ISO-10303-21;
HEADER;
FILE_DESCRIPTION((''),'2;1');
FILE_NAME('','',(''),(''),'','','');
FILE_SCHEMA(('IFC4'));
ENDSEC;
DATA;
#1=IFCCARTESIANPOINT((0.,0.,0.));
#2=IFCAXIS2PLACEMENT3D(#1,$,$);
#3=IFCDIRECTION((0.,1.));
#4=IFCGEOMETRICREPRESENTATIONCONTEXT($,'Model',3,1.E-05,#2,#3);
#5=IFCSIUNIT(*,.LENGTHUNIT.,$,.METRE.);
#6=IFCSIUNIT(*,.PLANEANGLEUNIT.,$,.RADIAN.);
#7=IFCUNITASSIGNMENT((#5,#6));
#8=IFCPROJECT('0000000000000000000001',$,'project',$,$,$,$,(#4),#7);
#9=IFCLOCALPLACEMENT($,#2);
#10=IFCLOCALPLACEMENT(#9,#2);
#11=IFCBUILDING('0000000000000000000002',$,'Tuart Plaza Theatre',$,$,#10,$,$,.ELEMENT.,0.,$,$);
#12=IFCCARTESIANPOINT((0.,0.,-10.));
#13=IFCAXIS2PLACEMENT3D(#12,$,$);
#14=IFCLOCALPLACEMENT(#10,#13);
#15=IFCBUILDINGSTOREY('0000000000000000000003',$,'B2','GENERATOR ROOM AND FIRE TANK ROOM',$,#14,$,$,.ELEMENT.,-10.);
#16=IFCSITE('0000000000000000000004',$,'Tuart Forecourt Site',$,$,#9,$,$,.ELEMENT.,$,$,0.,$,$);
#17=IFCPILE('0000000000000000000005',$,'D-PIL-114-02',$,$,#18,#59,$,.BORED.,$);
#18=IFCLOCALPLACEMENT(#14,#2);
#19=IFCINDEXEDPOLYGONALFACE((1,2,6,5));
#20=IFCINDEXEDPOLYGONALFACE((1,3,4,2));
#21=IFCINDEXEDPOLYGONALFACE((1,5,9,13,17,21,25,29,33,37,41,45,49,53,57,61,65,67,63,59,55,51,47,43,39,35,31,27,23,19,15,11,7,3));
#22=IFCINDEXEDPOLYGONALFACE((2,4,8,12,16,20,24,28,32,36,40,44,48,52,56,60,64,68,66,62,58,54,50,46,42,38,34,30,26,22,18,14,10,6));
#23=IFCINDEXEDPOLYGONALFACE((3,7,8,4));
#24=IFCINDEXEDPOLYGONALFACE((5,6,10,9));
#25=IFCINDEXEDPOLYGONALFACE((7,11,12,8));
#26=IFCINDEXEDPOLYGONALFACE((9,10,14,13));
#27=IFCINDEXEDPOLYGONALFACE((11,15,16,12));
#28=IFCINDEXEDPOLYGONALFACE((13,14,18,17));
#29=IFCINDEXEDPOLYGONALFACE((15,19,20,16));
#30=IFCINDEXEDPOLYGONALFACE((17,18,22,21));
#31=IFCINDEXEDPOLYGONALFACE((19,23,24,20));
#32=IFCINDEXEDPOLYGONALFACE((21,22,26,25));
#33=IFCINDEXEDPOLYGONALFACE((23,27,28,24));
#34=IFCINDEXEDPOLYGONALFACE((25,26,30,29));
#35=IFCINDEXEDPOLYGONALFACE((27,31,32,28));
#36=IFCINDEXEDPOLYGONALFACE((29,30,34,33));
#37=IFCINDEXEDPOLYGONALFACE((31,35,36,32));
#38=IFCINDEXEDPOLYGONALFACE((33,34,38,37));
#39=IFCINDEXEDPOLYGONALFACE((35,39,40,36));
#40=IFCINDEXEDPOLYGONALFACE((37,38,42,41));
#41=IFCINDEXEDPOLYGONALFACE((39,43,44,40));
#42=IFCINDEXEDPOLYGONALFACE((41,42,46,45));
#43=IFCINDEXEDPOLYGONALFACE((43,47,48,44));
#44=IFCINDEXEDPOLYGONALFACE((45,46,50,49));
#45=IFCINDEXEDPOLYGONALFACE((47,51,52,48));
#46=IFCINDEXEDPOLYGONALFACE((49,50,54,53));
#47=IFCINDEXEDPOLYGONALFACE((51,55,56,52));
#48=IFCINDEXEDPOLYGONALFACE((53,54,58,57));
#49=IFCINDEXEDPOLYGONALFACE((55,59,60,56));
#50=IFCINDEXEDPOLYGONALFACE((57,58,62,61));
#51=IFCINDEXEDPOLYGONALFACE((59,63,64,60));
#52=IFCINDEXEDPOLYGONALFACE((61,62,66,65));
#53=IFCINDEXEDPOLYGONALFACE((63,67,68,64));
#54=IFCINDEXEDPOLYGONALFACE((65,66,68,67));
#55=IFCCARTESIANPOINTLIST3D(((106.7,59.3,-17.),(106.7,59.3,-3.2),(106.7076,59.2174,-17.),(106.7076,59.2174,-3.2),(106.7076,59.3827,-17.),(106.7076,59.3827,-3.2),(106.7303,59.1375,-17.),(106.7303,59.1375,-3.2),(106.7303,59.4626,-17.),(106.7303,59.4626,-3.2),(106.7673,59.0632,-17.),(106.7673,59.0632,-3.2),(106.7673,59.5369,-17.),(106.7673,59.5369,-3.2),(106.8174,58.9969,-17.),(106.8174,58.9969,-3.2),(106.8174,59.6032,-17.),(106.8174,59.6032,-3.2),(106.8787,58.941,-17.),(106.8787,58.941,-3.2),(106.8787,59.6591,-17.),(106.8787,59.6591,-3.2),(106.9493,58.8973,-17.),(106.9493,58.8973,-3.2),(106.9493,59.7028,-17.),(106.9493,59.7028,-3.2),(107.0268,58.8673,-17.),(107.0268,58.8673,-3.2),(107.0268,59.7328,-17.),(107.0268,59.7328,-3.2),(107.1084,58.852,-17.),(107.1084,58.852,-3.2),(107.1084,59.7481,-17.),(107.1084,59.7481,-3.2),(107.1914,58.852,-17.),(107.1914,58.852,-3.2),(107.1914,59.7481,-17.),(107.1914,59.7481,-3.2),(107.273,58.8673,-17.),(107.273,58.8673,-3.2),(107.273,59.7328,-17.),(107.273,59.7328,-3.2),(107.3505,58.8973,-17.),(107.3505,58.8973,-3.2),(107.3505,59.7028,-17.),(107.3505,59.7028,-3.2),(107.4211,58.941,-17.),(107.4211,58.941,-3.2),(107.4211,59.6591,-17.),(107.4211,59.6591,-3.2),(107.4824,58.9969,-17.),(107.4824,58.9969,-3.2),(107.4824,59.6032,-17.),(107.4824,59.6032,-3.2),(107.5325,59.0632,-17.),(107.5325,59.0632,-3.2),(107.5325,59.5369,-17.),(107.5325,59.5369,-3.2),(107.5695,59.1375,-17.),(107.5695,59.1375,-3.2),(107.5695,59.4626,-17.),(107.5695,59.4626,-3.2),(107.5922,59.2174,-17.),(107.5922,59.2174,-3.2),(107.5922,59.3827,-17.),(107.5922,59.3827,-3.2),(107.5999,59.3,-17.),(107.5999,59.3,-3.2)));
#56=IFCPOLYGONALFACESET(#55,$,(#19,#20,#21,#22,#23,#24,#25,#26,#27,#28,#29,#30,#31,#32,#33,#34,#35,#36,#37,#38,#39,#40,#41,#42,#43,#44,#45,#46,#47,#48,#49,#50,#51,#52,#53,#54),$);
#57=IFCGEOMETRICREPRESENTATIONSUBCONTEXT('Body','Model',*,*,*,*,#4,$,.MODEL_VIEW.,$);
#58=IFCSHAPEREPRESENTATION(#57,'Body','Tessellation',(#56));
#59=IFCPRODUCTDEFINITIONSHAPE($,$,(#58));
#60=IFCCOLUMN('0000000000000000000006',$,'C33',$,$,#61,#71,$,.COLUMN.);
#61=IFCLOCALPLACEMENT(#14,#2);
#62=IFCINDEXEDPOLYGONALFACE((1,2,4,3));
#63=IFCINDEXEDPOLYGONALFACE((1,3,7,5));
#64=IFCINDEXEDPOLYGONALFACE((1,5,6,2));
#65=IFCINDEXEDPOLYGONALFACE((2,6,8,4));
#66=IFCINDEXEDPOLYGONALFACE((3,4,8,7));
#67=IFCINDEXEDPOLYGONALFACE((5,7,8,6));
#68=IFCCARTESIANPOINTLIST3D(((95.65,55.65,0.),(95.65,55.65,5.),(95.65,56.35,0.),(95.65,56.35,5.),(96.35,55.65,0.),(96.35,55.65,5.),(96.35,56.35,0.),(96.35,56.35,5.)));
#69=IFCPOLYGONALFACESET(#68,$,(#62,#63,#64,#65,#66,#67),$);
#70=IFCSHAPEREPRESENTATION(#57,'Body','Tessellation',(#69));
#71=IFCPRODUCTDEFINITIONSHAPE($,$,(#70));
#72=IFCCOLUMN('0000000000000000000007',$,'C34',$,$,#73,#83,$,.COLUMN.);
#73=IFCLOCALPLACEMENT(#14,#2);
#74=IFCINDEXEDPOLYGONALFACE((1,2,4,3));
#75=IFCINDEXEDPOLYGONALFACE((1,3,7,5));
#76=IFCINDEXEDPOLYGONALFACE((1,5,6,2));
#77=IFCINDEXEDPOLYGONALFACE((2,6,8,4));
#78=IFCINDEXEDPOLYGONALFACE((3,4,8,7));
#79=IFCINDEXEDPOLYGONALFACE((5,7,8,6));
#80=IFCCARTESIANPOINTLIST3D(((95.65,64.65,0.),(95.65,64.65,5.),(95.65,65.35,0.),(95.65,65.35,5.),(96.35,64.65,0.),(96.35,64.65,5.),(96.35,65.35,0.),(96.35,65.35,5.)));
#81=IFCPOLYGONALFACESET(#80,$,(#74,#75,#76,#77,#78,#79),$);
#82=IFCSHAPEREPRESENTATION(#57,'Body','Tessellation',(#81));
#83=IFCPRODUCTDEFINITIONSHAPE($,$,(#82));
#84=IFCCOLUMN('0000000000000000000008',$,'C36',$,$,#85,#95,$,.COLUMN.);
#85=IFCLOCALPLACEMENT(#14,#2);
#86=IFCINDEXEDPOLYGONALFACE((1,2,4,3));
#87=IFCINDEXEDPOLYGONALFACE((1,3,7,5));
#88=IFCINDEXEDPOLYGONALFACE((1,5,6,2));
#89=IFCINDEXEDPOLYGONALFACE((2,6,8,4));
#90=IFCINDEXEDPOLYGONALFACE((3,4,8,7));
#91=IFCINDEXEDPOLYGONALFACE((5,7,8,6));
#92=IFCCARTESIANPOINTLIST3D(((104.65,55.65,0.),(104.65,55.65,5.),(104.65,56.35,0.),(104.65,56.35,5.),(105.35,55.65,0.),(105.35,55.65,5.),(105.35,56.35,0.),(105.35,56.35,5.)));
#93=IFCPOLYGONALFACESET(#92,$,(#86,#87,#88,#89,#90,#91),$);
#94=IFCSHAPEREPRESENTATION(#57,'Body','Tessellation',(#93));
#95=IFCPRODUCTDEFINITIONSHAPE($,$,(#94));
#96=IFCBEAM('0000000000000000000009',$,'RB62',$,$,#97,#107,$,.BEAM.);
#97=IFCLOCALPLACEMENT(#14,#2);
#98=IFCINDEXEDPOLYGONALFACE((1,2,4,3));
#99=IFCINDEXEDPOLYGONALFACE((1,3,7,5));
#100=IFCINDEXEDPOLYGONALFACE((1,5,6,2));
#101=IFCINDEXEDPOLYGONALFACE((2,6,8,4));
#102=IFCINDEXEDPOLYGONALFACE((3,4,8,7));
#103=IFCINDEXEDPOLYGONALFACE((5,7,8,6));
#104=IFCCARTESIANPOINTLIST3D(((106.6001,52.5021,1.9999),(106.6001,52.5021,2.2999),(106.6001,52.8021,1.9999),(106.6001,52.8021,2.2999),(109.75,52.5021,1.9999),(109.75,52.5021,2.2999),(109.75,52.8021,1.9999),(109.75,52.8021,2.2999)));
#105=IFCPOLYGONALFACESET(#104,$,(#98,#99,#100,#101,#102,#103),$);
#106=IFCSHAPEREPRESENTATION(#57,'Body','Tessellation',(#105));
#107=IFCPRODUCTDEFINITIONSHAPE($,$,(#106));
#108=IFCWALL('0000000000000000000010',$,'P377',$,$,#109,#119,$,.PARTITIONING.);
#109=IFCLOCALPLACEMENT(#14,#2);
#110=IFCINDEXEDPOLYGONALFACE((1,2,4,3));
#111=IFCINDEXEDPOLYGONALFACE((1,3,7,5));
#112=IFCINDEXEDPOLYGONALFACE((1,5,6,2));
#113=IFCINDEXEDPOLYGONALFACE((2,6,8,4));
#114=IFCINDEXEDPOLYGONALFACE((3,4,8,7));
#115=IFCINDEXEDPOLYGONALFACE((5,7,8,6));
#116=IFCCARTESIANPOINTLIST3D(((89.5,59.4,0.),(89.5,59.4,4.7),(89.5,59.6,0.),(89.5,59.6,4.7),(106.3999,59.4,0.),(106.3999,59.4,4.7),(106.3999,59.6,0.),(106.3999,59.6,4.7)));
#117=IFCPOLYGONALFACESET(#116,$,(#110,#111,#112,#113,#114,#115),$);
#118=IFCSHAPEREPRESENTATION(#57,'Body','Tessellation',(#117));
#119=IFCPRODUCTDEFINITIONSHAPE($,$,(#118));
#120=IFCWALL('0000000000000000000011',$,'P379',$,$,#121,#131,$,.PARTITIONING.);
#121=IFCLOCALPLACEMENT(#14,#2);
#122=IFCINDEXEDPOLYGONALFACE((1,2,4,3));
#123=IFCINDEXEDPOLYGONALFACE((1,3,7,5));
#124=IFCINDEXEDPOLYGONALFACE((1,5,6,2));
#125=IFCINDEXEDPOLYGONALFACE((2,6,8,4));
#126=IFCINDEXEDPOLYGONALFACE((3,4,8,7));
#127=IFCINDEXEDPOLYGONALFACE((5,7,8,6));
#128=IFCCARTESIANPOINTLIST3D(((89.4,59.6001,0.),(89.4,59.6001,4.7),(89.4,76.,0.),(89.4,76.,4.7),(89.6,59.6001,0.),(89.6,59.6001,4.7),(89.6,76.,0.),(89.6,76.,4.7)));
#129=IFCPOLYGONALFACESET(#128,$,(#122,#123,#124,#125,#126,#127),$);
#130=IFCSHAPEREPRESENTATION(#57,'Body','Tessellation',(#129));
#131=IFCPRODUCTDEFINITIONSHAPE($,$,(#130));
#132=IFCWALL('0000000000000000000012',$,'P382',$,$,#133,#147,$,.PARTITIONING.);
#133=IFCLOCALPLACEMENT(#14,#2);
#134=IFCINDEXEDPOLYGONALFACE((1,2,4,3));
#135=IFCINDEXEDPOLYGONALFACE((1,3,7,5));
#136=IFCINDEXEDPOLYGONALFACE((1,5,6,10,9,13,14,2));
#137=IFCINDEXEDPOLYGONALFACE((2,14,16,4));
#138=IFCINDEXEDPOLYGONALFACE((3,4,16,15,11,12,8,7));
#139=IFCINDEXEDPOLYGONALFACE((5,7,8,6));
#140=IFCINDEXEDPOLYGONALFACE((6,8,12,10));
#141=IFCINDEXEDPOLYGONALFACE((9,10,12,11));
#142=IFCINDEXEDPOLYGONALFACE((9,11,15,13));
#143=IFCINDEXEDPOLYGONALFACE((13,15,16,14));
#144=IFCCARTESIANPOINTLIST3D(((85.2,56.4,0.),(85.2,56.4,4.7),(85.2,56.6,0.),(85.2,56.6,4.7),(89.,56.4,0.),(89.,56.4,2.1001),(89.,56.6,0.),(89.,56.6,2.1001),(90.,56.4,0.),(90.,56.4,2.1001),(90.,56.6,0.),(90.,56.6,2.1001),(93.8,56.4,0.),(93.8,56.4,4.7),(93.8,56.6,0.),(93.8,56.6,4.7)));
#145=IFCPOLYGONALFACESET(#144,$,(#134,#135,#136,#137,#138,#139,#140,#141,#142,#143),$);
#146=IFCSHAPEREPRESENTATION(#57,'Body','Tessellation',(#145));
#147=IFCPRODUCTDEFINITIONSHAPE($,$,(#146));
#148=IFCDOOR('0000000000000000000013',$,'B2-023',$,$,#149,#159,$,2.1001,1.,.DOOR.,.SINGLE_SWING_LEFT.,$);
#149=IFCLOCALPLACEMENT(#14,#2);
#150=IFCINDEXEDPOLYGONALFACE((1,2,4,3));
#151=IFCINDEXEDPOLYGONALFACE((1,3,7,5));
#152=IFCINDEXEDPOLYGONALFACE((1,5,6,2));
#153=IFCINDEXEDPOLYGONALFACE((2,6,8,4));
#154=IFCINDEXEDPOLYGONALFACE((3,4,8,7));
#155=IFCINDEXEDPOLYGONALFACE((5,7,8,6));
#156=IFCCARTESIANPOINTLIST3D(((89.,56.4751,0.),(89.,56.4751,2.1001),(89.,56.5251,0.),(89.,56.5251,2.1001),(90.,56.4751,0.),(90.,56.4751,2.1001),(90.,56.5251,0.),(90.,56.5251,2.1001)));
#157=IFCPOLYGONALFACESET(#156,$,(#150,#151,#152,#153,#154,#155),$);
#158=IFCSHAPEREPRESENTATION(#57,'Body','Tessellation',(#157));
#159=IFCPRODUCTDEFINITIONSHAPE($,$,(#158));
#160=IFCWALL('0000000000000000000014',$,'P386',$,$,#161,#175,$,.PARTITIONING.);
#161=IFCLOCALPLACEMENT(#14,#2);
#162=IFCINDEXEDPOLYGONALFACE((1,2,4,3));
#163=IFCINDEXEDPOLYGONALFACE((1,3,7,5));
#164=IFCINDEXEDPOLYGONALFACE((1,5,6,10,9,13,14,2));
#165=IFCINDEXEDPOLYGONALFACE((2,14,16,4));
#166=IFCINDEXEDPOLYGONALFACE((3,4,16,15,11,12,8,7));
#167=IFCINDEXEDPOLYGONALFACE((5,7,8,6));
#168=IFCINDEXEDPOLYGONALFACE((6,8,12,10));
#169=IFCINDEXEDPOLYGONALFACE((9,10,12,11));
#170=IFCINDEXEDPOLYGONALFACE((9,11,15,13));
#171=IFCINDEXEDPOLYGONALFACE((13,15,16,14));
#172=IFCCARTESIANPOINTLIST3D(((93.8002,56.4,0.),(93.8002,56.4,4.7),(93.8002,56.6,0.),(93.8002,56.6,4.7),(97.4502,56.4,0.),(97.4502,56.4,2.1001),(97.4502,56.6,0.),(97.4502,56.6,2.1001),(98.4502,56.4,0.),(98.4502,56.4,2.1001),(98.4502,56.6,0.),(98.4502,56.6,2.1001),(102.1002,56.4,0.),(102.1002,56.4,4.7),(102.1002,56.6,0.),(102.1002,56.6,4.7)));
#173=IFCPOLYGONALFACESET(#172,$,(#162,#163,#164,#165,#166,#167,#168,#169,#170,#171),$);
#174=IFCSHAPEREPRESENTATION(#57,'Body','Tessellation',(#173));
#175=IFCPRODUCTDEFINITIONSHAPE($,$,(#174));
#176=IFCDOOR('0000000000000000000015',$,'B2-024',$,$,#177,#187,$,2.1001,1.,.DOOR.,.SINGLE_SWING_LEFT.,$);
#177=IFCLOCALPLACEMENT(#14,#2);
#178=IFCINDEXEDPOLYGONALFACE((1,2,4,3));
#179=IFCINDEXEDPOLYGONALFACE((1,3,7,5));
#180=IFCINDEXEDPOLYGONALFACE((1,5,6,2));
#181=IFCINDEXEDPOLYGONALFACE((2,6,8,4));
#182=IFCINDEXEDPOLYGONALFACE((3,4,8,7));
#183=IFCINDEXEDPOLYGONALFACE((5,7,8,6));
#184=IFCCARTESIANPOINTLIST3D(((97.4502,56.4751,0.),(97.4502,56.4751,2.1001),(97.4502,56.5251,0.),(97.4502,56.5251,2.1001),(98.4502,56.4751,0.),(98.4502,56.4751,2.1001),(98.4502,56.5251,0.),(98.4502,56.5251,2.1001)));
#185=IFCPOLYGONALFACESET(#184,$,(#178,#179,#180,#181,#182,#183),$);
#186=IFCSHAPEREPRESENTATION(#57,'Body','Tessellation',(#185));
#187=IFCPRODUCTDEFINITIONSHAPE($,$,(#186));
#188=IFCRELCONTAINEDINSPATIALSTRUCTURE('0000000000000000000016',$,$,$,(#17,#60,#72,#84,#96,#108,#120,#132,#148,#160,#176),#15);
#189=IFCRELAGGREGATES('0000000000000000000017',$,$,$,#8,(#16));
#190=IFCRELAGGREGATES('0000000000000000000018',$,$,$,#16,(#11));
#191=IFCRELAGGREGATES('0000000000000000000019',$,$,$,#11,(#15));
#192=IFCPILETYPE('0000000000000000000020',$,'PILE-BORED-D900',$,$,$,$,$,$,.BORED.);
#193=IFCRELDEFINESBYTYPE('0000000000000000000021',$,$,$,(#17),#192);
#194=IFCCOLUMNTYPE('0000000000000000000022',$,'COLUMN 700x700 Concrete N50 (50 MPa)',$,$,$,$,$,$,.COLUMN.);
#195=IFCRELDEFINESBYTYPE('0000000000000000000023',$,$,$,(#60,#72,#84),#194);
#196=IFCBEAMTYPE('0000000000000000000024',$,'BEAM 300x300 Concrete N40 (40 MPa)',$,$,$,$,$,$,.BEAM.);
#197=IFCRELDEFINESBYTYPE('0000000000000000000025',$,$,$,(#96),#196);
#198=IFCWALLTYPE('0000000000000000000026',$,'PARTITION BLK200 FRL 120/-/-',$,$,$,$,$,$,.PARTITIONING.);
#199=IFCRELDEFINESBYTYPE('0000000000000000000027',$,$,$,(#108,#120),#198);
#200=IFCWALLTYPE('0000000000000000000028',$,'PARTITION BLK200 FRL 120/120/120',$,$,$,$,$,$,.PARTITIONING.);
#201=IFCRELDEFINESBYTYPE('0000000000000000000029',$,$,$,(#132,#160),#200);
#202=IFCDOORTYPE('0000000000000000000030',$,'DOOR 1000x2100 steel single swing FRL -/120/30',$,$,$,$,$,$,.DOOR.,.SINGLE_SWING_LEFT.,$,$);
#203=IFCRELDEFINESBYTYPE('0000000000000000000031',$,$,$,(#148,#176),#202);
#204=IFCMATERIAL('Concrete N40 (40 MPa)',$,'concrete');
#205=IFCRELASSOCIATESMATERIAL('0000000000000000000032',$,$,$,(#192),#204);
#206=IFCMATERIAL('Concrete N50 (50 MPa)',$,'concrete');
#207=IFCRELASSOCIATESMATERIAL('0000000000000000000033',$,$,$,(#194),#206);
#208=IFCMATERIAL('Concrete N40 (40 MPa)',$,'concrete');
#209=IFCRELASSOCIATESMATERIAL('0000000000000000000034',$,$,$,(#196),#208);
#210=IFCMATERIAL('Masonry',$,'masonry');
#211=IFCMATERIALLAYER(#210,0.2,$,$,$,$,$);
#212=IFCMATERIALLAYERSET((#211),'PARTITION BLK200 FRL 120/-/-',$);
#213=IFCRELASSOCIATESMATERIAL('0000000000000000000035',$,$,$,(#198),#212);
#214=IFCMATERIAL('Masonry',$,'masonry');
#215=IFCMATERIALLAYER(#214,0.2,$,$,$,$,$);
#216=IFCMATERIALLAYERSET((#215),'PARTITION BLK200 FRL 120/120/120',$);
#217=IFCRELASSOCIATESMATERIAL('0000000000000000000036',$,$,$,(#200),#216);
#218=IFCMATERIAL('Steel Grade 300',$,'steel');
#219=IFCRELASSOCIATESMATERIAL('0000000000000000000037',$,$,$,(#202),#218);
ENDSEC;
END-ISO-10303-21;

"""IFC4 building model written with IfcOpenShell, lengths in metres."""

from ifc_helpers import new_model, si_unit, direction, frame, frame_2d, origin, origin_2d, place, context, subcontext, project, spatial, rectangle, circle, extrude, material, layer, layer_set, material_profile, profile_set, type_object, element, fill, save


model = new_model("IFC4")

# Units and contexts
model_context = context("Model", 3, precision=1e-05, world=origin(), true_north=direction((0.0, 1.0)))
body_context = subcontext(model_context, "Body", "Model", "MODEL_VIEW")
ifc_project = project(units=[si_unit("LENGTHUNIT", "METRE"), si_unit("PLANEANGLEUNIT", "RADIAN")], contexts=[model_context])

# Site, building, storey
site_placement = place(None, origin())
site = spatial("IfcSite", under=ifc_project, at=site_placement, Name="Tuart Forecourt Site", CompositionType="ELEMENT", RefElevation=0.0)
building_placement = place(site_placement, origin())
building = spatial("IfcBuilding", under=site, at=building_placement, Name="Tuart Plaza Theatre", CompositionType="ELEMENT", ElevationOfRefHeight=0.0)
storey_placement = place(building_placement, frame((0.0, 0.0, -10.0)))
storey = spatial("IfcBuildingStorey", under=building, at=storey_placement, Name="B2", Description="GENERATOR ROOM AND FIRE TANK ROOM", CompositionType="ELEMENT", Elevation=-10.0)

# Pile
ifc_material_1 = material(Name="Concrete N40 (40 MPa)", Category="concrete")
ifc_material_profile_1 = material_profile(ifc_material_1, circle(Radius=0.45, at=origin_2d()), Name="PILE-BORED-D900")
ifc_profile_set_1 = profile_set([ifc_material_profile_1], Name="Concrete N40 (40 MPa)")
pile_type_1 = type_object("IfcPileType", Name="PILE-BORED-D900", PredefinedType="BORED", material=ifc_profile_set_1)
pile_placement = place(storey_placement, frame((107.1499, 59.3, -3.2), z_axis=(0.0, 0.0, -1.0), x_axis=(1.0, 0.0, 0.0)))
element("IfcPile", 1, at=pile_placement, inside=storey, type_object=pile_type_1, Name="D-PIL-114-02", PredefinedType="BORED", context=body_context, shape_type="SweptSolid", body=[
    extrude(circle(Radius=0.45, at=origin_2d()), origin(), (0.0, 0.0, 1.0), 13.8),
])

# Columns
ifc_material_2 = material(Name="Concrete N50 (50 MPa)", Category="concrete")
ifc_material_profile_2 = material_profile(ifc_material_2, rectangle(XDim=0.7, YDim=0.7, at=origin_2d()), Name="COLUMN 700x700 Concrete N50 (50 MPa)")
ifc_profile_set_2 = profile_set([ifc_material_profile_2], Name="Concrete N50 (50 MPa)")
column_type = type_object("IfcColumnType", Name="COLUMN 700x700 Concrete N50 (50 MPa)", PredefinedType="COLUMN", material=ifc_profile_set_2)
for number, where, z_axis, x_axis, name in (
    (2, (96.0, 56.0, 0.0), (0.0, 0.0, 1.0), (1.0, 0.0, 0.0), "C33"),
    (3, (96.0, 65.0, 0.0), (0.0, 0.0, 1.0), (1.0, 0.0, 0.0), "C34"),
    (4, (105.0, 56.0, 0.0), (0.0, 0.0, 1.0), (1.0, 0.0, 0.0), "C36"),
):
    element("IfcColumn", number, at=place(storey_placement, frame(where, z_axis=z_axis, x_axis=x_axis)), inside=storey, type_object=column_type, Name=name, PredefinedType="COLUMN", context=body_context, shape_type="SweptSolid", body=[
        extrude(rectangle(XDim=0.7, YDim=0.7, at=origin_2d()), origin(), (0.0, 0.0, 1.0), 5.0),
    ])

# Beam
ifc_material_3 = material(Name="Concrete N40 (40 MPa)", Category="concrete")
ifc_material_profile_3 = material_profile(ifc_material_3, rectangle(XDim=0.3, YDim=0.3, at=origin_2d()), Name="BEAM 300x300 Concrete N40 (40 MPa)")
ifc_profile_set_3 = profile_set([ifc_material_profile_3], Name="Concrete N40 (40 MPa)")
beam_type = type_object("IfcBeamType", Name="BEAM 300x300 Concrete N40 (40 MPa)", PredefinedType="BEAM", material=ifc_profile_set_3)
beam_placement = place(storey_placement, frame((106.6001, 52.6521, 2.1499), z_axis=(1.0, 0.0, 0.0), x_axis=(0.0, 1.0, 0.0)))
element("IfcBeam", 5, at=beam_placement, inside=storey, type_object=beam_type, Name="RB62", PredefinedType="BEAM", context=body_context, shape_type="SweptSolid", body=[
    extrude(rectangle(XDim=0.3, YDim=0.3, at=origin_2d()), origin(), (0.0, 0.0, 1.0), 3.1499),
])

# Walls
ifc_material_4 = material(Name="Masonry", Category="masonry")
ifc_layer_1 = layer(ifc_material_4, 0.2)
ifc_layer_set_1 = layer_set([ifc_layer_1], Name="PARTITION BLK200 FRL 120/-/-")
wall_type_1 = type_object("IfcWallType", Name="PARTITION BLK200 FRL 120/-/-", PredefinedType="PARTITIONING", material=ifc_layer_set_1)
wall_1_placement = place(storey_placement, frame((89.5, 59.5, 0.0), z_axis=(0.0, 0.0, 1.0), x_axis=(1.0, 0.0, 0.0)))
element("IfcWall", 6, at=wall_1_placement, inside=storey, type_object=wall_type_1, Name="P377", PredefinedType="PARTITIONING", context=body_context, shape_type="SweptSolid", body=[
    extrude(rectangle(XDim=16.8999, YDim=0.2, at=frame_2d((8.45, 0.0))), origin(), (0.0, 0.0, 1.0), 4.7),
])
wall_2_placement = place(storey_placement, frame((89.5, 59.6001, 0.0), z_axis=(0.0, 0.0, 1.0), x_axis=(0.0, 1.0, 0.0)))
element("IfcWall", 7, at=wall_2_placement, inside=storey, type_object=wall_type_1, Name="P379", PredefinedType="PARTITIONING", context=body_context, shape_type="SweptSolid", body=[
    extrude(rectangle(XDim=16.3999, YDim=0.2, at=frame_2d((8.2, 0.0))), origin(), (0.0, 0.0, 1.0), 4.7),
])

# Walls, openings, doors
ifc_material_5 = material(Name="Masonry", Category="masonry")
ifc_layer_2 = layer(ifc_material_5, 0.2)
ifc_layer_set_2 = layer_set([ifc_layer_2], Name="PARTITION BLK200 FRL 120/120/120")
wall_type_2 = type_object("IfcWallType", Name="PARTITION BLK200 FRL 120/120/120", PredefinedType="PARTITIONING", material=ifc_layer_set_2)
wall_3_placement = place(storey_placement, frame((93.8, 56.5, 0.0), z_axis=(0.0, 0.0, 1.0), x_axis=(-1.0, 0.0, 0.0)))
wall_3 = element("IfcWall", 8, at=wall_3_placement, inside=storey, type_object=wall_type_2, Name="P382", PredefinedType="PARTITIONING", context=body_context, shape_type="SweptSolid", body=[
    extrude(rectangle(XDim=8.6001, YDim=0.2, at=frame_2d((4.3, 0.0))), origin(), (0.0, 0.0, 1.0), 4.7),
])
opening_1_placement = place(wall_3_placement, frame((3.8, 0.0, 0.0)))
opening_1 = element("IfcOpeningElement", 9, at=opening_1_placement, cuts=wall_3, PredefinedType="OPENING", context=body_context, shape_type="SweptSolid", body=[
    extrude(rectangle(XDim=1.0, YDim=2.1001, at=frame_2d((0.5, 1.05))), frame((0.0, 0.1099, 0.0), z_axis=(0.0, -1.0, 0.0), x_axis=(1.0, 0.0, 0.0)), (0.0, 0.0, 1.0), 0.22),
])
ifc_material_6 = material(Name="Steel Grade 300", Category="steel")
door_type_1 = type_object("IfcDoorType", Name="DOOR 1000x2100 steel single swing FRL -/120/30", OperationType="SINGLE_SWING_LEFT", PredefinedType="DOOR", material=ifc_material_6)
door_1_placement = place(opening_1_placement, origin())
door_1 = element("IfcDoor", 10, at=door_1_placement, inside=storey, type_object=door_type_1, Name="B2-023", OperationType="SINGLE_SWING_LEFT", OverallHeight=2.1001, OverallWidth=1.0, PredefinedType="DOOR", context=body_context, shape_type="SweptSolid", body=[
    extrude(rectangle(XDim=1.0, YDim=2.1001, at=frame_2d((0.5, 1.05))), frame((0.0, 0.0249, 0.0), z_axis=(0.0, -1.0, 0.0), x_axis=(1.0, 0.0, 0.0)), (0.0, 0.0, 1.0), 0.05),
])
fill(opening_1, door_1)
wall_4_placement = place(storey_placement, frame((102.1001, 56.5, 0.0), z_axis=(0.0, 0.0, 1.0), x_axis=(-1.0, 0.0, 0.0)))
wall_4 = element("IfcWall", 11, at=wall_4_placement, inside=storey, type_object=wall_type_2, Name="P386", PredefinedType="PARTITIONING", context=body_context, shape_type="SweptSolid", body=[
    extrude(rectangle(XDim=8.3, YDim=0.2, at=frame_2d((4.1499, 0.0))), origin(), (0.0, 0.0, 1.0), 4.7),
])
opening_2_placement = place(wall_4_placement, frame((3.6499, 0.0, 0.0)))
opening_2 = element("IfcOpeningElement", 12, at=opening_2_placement, cuts=wall_4, PredefinedType="OPENING", context=body_context, shape_type="SweptSolid", body=[
    extrude(rectangle(XDim=1.0, YDim=2.1001, at=frame_2d((0.5, 1.05))), frame((0.0, 0.1099, 0.0), z_axis=(0.0, -1.0, 0.0), x_axis=(1.0, 0.0, 0.0)), (0.0, 0.0, 1.0), 0.22),
])
door_2_placement = place(opening_2_placement, origin())
door_2 = element("IfcDoor", 13, at=door_2_placement, inside=storey, type_object=door_type_1, Name="B2-024", OperationType="SINGLE_SWING_LEFT", OverallHeight=2.1001, OverallWidth=1.0, PredefinedType="DOOR", context=body_context, shape_type="SweptSolid", body=[
    extrude(rectangle(XDim=1.0, YDim=2.1001, at=frame_2d((0.5, 1.05))), frame((0.0, 0.0249, 0.0), z_axis=(0.0, -1.0, 0.0), x_axis=(1.0, 0.0, 0.0)), (0.0, 0.0, 1.0), 0.05),
])
fill(opening_2, door_2)

save(model, "model.ifc")
